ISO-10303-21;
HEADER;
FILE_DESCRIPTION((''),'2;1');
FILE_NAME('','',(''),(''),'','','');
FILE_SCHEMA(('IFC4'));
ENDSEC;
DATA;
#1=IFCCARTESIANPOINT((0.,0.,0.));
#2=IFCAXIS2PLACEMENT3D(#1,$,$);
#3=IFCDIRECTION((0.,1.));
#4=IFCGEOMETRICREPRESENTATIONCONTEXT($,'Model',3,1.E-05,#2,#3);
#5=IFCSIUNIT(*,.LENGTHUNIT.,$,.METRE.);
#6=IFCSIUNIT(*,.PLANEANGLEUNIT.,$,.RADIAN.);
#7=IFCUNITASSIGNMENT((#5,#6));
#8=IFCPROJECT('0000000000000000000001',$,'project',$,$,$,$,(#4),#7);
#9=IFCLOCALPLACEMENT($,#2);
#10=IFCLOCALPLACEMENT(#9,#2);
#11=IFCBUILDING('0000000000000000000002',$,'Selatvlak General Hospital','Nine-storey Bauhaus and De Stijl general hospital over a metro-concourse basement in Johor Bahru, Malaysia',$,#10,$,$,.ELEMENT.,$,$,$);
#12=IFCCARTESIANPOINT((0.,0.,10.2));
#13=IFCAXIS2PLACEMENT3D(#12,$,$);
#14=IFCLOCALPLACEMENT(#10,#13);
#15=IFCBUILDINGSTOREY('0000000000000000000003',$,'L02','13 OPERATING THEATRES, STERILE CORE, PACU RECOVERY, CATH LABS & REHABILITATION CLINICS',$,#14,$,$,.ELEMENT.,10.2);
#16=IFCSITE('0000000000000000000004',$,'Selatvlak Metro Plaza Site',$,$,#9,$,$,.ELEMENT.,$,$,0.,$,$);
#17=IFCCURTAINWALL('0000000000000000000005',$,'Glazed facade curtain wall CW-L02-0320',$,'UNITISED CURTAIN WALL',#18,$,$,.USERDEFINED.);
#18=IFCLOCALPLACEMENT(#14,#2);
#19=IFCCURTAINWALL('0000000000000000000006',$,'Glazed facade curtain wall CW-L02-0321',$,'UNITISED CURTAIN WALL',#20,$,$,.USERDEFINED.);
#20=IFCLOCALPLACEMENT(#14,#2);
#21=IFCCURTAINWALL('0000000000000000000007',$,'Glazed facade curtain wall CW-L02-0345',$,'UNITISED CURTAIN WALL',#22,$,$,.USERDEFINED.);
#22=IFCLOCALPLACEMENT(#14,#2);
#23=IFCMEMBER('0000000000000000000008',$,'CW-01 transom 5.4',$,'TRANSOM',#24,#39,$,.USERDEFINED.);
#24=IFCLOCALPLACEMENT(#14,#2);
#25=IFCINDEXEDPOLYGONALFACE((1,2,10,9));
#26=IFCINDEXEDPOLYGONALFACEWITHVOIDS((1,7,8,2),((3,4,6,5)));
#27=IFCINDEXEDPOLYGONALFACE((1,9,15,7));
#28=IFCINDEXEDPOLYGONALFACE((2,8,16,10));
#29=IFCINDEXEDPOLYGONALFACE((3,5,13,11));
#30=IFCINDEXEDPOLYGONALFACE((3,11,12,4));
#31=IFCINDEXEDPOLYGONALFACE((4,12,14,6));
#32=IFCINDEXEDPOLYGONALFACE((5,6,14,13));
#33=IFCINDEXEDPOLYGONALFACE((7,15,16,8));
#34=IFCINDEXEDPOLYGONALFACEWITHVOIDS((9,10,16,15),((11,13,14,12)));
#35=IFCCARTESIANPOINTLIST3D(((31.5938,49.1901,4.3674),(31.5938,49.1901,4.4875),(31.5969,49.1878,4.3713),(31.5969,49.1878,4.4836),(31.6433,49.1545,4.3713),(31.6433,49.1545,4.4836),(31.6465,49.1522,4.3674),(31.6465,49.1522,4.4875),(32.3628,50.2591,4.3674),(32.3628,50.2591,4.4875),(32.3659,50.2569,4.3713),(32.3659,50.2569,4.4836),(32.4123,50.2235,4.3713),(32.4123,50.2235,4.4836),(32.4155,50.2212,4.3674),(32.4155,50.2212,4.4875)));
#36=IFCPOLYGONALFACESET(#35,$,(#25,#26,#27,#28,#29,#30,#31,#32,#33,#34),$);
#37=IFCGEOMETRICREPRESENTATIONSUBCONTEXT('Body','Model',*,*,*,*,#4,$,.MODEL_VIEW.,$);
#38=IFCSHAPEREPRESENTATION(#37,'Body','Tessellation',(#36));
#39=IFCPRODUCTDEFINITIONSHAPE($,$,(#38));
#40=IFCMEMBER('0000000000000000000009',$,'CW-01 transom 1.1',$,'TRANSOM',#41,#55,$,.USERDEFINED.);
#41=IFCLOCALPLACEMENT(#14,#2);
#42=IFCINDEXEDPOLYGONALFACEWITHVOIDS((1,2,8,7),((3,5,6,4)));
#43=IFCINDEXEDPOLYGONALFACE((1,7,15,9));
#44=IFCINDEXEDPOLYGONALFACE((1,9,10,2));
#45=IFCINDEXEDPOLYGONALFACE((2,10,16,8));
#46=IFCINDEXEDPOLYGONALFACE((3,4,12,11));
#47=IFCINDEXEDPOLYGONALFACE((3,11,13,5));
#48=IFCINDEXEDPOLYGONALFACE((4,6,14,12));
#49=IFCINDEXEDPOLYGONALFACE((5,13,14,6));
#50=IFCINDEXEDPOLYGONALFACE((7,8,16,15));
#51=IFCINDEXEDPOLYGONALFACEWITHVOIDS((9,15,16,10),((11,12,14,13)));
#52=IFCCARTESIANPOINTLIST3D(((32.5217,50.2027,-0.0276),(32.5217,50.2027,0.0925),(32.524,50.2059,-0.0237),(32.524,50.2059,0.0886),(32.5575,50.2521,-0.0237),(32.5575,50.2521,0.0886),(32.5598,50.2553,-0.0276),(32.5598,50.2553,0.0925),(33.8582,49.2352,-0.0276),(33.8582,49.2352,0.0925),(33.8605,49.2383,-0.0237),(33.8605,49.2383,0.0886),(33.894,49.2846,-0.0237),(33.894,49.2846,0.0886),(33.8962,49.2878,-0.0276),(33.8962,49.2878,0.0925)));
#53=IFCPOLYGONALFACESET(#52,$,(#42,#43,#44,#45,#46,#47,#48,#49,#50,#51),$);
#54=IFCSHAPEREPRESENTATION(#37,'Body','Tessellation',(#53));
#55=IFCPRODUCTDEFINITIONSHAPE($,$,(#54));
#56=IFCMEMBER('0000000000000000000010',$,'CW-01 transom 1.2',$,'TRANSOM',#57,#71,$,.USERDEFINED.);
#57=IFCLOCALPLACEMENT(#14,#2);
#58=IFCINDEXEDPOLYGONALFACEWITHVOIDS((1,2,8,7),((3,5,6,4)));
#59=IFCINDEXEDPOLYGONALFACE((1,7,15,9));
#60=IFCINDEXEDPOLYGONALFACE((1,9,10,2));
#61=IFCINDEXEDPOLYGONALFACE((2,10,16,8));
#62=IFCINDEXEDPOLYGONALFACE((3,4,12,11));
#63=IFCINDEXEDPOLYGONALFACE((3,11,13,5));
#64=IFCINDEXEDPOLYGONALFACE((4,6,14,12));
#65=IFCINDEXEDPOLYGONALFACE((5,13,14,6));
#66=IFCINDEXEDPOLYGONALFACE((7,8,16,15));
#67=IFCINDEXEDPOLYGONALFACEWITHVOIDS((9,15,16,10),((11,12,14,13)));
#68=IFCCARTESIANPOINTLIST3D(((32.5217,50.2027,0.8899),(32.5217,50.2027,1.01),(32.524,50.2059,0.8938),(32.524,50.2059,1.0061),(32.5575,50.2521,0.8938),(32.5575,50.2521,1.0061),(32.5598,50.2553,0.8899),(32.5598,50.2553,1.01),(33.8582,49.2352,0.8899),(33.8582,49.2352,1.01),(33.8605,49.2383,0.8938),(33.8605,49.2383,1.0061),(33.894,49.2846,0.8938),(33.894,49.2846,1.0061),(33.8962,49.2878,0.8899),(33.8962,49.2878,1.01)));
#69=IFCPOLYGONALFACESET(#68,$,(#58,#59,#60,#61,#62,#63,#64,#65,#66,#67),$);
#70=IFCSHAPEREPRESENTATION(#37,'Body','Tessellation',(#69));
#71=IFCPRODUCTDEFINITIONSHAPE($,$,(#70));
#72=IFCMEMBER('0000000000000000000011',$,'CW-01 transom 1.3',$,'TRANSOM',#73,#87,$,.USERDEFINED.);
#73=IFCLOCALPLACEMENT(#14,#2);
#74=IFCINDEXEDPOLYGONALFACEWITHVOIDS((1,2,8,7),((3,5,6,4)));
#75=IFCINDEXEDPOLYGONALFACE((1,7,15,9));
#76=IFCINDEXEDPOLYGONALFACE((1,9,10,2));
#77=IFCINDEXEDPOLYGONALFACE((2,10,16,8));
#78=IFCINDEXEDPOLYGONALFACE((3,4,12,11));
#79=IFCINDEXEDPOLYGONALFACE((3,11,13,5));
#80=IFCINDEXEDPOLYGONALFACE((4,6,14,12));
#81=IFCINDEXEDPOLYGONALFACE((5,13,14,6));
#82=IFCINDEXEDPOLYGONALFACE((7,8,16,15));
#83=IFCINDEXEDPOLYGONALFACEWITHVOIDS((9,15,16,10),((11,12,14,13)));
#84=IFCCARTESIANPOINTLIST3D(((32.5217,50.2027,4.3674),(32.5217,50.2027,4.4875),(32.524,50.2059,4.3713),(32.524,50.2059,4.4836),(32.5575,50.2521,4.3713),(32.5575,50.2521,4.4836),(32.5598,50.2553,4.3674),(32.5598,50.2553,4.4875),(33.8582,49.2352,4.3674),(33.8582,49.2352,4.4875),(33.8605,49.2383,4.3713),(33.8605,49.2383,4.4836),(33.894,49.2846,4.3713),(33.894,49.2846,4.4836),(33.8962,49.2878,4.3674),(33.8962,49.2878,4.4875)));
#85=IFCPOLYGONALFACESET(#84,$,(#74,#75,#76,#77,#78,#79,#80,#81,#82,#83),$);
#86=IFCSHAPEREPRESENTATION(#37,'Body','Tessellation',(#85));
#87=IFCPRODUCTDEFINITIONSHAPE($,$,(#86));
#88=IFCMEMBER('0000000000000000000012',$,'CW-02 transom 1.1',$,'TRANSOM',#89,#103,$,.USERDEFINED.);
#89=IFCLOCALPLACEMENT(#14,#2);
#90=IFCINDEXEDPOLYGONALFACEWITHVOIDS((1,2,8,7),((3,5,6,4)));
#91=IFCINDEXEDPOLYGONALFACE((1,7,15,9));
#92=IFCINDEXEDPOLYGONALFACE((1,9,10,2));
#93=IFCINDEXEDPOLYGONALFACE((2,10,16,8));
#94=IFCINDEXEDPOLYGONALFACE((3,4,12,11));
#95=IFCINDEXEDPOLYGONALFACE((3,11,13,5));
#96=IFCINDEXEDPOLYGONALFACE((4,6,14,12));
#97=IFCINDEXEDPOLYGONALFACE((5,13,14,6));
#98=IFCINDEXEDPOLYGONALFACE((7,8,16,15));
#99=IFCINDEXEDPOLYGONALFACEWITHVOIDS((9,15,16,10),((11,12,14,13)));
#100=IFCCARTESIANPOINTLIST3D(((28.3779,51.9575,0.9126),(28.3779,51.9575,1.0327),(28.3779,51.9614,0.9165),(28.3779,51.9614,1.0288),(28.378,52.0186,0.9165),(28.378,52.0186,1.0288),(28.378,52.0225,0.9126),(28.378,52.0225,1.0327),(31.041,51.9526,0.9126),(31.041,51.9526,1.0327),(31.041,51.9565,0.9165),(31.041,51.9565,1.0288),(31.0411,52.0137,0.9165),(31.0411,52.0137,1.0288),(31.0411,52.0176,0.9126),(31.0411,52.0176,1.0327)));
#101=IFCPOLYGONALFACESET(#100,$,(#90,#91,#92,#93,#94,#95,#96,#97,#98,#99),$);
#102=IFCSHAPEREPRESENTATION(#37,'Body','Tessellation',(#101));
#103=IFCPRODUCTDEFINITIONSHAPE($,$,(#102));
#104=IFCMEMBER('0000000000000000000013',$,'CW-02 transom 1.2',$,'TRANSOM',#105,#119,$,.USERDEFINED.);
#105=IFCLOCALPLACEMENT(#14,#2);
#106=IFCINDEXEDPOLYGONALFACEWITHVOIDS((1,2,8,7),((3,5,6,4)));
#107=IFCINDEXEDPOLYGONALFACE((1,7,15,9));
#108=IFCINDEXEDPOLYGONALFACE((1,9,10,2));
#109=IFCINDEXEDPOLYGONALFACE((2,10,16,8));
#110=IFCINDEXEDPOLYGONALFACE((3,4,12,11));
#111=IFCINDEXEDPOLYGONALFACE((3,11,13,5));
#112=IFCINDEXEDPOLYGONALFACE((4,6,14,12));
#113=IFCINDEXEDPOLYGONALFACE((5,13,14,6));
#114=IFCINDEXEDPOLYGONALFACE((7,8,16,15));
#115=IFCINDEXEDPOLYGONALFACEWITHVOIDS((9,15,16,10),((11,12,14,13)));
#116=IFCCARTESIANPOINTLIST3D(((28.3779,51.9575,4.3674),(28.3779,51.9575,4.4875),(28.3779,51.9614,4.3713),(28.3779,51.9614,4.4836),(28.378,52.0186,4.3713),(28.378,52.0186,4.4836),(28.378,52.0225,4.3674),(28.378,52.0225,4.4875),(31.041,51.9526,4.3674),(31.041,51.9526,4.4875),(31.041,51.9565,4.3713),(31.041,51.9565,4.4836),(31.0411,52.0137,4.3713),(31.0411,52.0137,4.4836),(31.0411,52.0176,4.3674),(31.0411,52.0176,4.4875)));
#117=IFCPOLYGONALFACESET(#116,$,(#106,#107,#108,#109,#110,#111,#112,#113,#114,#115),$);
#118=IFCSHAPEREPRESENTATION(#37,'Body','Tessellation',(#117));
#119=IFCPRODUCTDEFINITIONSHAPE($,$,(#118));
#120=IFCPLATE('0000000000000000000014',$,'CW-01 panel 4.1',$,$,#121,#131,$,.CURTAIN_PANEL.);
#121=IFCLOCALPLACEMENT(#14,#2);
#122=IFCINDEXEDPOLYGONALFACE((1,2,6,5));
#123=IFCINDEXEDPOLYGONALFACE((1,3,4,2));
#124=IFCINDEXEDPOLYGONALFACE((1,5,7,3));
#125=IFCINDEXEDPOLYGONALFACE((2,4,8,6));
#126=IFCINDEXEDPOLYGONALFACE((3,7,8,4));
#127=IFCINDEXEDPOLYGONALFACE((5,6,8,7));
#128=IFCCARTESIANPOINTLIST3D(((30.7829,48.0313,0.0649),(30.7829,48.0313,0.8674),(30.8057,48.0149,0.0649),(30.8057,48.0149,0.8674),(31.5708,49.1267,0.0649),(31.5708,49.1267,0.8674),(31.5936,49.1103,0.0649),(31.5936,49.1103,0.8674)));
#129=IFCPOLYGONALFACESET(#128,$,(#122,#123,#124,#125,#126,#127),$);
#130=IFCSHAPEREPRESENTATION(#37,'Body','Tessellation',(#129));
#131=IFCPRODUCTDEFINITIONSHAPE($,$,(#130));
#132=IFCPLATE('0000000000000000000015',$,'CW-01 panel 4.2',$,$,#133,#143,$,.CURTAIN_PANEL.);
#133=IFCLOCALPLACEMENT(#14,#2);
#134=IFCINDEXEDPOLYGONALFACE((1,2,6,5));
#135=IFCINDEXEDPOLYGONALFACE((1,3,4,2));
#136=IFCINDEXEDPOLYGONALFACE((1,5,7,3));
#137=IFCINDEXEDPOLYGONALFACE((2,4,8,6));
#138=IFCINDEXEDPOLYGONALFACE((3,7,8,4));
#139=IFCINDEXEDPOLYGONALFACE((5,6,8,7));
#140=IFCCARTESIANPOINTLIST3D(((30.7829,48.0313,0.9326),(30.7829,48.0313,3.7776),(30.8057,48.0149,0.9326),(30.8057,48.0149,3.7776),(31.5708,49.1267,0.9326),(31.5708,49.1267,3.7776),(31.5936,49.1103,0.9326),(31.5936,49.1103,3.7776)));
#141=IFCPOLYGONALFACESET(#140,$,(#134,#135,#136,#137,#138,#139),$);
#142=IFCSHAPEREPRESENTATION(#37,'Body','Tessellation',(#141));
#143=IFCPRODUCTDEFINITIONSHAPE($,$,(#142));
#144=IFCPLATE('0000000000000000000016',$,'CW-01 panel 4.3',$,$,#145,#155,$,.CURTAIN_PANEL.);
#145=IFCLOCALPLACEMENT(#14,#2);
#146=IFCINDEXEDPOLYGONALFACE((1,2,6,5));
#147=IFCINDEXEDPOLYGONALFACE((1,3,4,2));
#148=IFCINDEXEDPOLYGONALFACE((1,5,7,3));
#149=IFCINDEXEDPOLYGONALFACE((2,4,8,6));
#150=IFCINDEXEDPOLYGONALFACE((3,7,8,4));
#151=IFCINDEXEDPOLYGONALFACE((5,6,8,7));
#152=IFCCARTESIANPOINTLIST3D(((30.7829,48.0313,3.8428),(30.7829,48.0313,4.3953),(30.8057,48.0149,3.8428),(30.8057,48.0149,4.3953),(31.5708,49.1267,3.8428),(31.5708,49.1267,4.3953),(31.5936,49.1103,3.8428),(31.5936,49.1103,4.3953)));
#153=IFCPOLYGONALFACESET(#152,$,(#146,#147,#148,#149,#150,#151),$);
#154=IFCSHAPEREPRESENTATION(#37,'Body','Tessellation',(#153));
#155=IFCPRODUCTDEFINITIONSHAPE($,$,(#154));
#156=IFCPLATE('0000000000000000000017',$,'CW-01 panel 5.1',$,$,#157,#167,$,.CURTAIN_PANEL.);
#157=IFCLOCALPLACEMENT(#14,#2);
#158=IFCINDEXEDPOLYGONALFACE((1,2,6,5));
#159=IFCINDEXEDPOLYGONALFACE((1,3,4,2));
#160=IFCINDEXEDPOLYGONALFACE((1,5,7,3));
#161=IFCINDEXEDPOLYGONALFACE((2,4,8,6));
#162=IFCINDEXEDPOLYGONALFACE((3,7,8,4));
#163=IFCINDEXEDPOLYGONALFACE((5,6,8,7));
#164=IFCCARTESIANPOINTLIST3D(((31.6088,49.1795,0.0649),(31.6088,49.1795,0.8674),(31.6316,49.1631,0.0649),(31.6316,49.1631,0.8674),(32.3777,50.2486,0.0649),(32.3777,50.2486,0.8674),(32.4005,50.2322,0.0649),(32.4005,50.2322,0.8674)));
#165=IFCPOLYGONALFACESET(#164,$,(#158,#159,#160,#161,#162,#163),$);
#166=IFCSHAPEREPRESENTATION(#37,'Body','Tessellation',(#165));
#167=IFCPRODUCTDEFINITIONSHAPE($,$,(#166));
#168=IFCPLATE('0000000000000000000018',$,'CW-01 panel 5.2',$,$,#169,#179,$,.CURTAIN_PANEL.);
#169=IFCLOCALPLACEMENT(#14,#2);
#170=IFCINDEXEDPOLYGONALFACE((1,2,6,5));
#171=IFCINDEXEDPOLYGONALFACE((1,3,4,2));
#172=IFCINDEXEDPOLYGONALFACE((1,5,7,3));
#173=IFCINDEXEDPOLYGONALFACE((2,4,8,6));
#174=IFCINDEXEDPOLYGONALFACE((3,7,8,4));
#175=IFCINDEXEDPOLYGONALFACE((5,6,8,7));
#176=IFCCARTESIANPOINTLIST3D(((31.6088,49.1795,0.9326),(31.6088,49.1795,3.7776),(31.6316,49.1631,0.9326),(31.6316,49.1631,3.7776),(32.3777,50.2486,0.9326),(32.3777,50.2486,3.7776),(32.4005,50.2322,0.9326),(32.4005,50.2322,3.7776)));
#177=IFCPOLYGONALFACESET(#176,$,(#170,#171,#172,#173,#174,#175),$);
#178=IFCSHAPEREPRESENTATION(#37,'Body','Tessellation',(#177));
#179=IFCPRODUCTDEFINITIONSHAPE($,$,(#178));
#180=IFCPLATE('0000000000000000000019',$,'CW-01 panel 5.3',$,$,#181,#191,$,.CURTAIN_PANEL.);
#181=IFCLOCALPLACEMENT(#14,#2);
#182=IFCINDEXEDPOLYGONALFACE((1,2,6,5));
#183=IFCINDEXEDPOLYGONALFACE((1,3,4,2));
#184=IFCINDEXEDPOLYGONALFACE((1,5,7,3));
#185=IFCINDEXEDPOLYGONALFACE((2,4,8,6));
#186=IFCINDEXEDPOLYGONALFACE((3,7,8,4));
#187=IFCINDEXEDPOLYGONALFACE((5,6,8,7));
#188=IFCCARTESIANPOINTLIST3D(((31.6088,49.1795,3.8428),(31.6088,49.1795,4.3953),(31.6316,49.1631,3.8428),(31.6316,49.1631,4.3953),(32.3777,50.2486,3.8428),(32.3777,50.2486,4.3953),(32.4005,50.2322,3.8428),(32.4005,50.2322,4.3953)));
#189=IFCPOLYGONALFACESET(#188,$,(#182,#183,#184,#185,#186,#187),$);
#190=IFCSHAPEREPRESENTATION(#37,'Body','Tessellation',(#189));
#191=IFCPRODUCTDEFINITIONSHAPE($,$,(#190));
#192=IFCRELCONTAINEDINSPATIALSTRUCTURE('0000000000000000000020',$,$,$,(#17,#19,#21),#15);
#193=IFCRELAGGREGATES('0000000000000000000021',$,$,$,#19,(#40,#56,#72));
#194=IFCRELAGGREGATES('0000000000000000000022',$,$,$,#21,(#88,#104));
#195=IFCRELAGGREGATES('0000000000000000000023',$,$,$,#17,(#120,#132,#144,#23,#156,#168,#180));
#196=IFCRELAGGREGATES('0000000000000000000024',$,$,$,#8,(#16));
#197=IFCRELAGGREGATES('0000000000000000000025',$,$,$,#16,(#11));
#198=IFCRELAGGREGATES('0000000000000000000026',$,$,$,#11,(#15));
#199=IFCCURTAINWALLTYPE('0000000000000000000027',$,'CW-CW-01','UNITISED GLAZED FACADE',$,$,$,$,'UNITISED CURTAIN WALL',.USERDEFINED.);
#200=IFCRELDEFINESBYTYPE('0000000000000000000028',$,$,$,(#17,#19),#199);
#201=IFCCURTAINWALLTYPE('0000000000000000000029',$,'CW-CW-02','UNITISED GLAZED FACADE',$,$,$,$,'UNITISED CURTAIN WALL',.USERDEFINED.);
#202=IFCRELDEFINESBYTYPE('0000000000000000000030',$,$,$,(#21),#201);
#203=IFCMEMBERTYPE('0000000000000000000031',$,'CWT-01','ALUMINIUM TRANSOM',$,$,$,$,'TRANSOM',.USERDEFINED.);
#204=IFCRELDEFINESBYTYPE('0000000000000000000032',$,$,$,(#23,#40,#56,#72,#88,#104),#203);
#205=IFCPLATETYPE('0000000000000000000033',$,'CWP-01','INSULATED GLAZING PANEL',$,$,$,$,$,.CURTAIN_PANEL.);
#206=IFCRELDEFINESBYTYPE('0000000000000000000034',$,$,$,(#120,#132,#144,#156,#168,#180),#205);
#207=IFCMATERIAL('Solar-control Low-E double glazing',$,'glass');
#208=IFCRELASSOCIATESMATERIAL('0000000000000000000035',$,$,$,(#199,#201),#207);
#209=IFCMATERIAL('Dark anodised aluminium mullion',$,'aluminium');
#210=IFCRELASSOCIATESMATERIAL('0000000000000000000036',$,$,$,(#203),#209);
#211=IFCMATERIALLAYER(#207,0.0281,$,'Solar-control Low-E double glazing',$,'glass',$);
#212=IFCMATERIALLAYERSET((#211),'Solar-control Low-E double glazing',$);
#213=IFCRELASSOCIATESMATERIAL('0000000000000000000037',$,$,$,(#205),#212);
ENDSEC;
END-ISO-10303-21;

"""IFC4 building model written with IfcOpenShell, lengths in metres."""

from ifc_helpers import new_model, si_unit, direction, frame, origin, origin_2d, place, context, subcontext, project, spatial, rectangle, hollow_rectangle, extrude, material, layer, layer_set, material_profile, profile_set, type_object, element, aggregate, save


model = new_model("IFC4")

# Units and contexts
model_context = context("Model", 3, precision=1e-05, world=origin(), true_north=direction((0.0, 1.0)))
body_context = subcontext(model_context, "Body", "Model", "MODEL_VIEW")
ifc_project = project(units=[si_unit("LENGTHUNIT", "METRE"), si_unit("PLANEANGLEUNIT", "RADIAN")], contexts=[model_context])

# Site, building, storey
site_placement = place(None, origin())
site = spatial("IfcSite", under=ifc_project, at=site_placement, Name="Selatvlak Metro Plaza Site", CompositionType="ELEMENT", RefElevation=0.0)
building_placement = place(site_placement, origin())
building = spatial("IfcBuilding", under=site, at=building_placement, Name="Selatvlak General Hospital", Description="Nine-storey Bauhaus and De Stijl general hospital over a metro-concourse basement in Johor Bahru, Malaysia", CompositionType="ELEMENT")
storey_placement = place(building_placement, frame((0.0, 0.0, 10.2)))
storey = spatial("IfcBuildingStorey", under=building, at=storey_placement, Name="L02", Description="13 OPERATING THEATRES, STERILE CORE, PACU RECOVERY, CATH LABS & REHABILITATION CLINICS", CompositionType="ELEMENT", Elevation=10.2)

# Curtain wall
ifc_material_1 = material(Name="Solar-control Low-E double glazing", Category="glass")
curtain_wall_type_1 = type_object("IfcCurtainWallType", Name="CW-CW-01", Description="UNITISED GLAZED FACADE", ElementType="UNITISED CURTAIN WALL", PredefinedType="USERDEFINED", material=ifc_material_1)
curtain_wall_1_placement = place(storey_placement, origin())
curtain_wall_1 = element("IfcCurtainWall", 1, at=curtain_wall_1_placement, inside=storey, type_object=curtain_wall_type_1, Name="Glazed facade curtain wall CW-L02-0320", ObjectType="UNITISED CURTAIN WALL", PredefinedType="USERDEFINED")
ifc_material_2 = material(Name="Dark anodised aluminium mullion", Category="aluminium")

# Curtain walls
curtain_wall_2_placement = place(storey_placement, origin())
curtain_wall_2 = element("IfcCurtainWall", 2, at=curtain_wall_2_placement, inside=storey, type_object=curtain_wall_type_1, Name="Glazed facade curtain wall CW-L02-0321", ObjectType="UNITISED CURTAIN WALL", PredefinedType="USERDEFINED")
curtain_wall_type_2 = type_object("IfcCurtainWallType", Name="CW-CW-02", Description="UNITISED GLAZED FACADE", ElementType="UNITISED CURTAIN WALL", PredefinedType="USERDEFINED", material=ifc_material_1)
curtain_wall_3_placement = place(storey_placement, origin())
curtain_wall_3 = element("IfcCurtainWall", 3, at=curtain_wall_3_placement, inside=storey, type_object=curtain_wall_type_2, Name="Glazed facade curtain wall CW-L02-0345", ObjectType="UNITISED CURTAIN WALL", PredefinedType="USERDEFINED")

# Members
ifc_material_profile_1 = material_profile(ifc_material_2, hollow_rectangle(XDim=0.0649, YDim=0.1201, WallThickness=0.0039, at=origin_2d()), Name="AL-TRN 65x120x4")
ifc_profile_set_1 = profile_set([ifc_material_profile_1], Name="Dark anodised aluminium mullion")
member_type_1 = type_object("IfcMemberType", Name="CWT-01", Description="ALUMINIUM TRANSOM", ElementType="TRANSOM", PredefinedType="USERDEFINED", material=ifc_profile_set_1)
member_1_placement = place(storey_placement, frame((31.6201, 49.1711, 4.4275), z_axis=(0.583953, 0.811787, 0.0), x_axis=(-0.811787, 0.583953, 0.0)))
member_1 = element("IfcMember", 4, at=member_1_placement, type_object=member_type_1, Name="CW-01 transom 5.4", ObjectType="TRANSOM", PredefinedType="USERDEFINED", context=body_context, shape_type="SweptSolid", body=[
    extrude(hollow_rectangle(XDim=0.0649, YDim=0.1201, WallThickness=0.0039, at=origin_2d()), origin(), (0.0, 0.0, 1.0), 1.3169),
])
member_2_placement = place(storey_placement, frame((32.5408, 50.229, 0.0325), z_axis=(0.810008, -0.586419, 0.0), x_axis=(0.586419, 0.810008, 0.0)))
member_2 = element("IfcMember", 5, at=member_2_placement, type_object=member_type_1, Name="CW-01 transom 1.1", ObjectType="TRANSOM", PredefinedType="USERDEFINED", context=body_context, shape_type="SweptSolid", body=[
    extrude(hollow_rectangle(XDim=0.0649, YDim=0.1201, WallThickness=0.0039, at=origin_2d()), origin(), (0.0, 0.0, 1.0), 1.6499),
])
member_3_placement = place(storey_placement, frame((32.5408, 50.229, 0.95), z_axis=(0.810008, -0.586419, 0.0), x_axis=(0.586419, 0.810008, 0.0)))
member_3 = element("IfcMember", 6, at=member_3_placement, type_object=member_type_1, Name="CW-01 transom 1.2", ObjectType="TRANSOM", PredefinedType="USERDEFINED", context=body_context, shape_type="SweptSolid", body=[
    extrude(hollow_rectangle(XDim=0.0649, YDim=0.1201, WallThickness=0.0039, at=origin_2d()), origin(), (0.0, 0.0, 1.0), 1.6499),
])
member_4_placement = place(storey_placement, frame((32.5408, 50.229, 4.4275), z_axis=(0.810008, -0.586419, 0.0), x_axis=(0.586419, 0.810008, 0.0)))
member_4 = element("IfcMember", 7, at=member_4_placement, type_object=member_type_1, Name="CW-01 transom 1.3", ObjectType="TRANSOM", PredefinedType="USERDEFINED", context=body_context, shape_type="SweptSolid", body=[
    extrude(hollow_rectangle(XDim=0.0649, YDim=0.1201, WallThickness=0.0039, at=origin_2d()), origin(), (0.0, 0.0, 1.0), 1.6499),
])
aggregate(curtain_wall_2, [member_2, member_3, member_4])
member_5_placement = place(storey_placement, frame((31.041, 51.9851, 0.9727), z_axis=(-0.999998, 0.001834, 0.0), x_axis=(-0.001834, -0.999998, 0.0)))
member_5 = element("IfcMember", 8, at=member_5_placement, type_object=member_type_1, Name="CW-02 transom 1.1", ObjectType="TRANSOM", PredefinedType="USERDEFINED", context=body_context, shape_type="SweptSolid", body=[
    extrude(hollow_rectangle(XDim=0.0649, YDim=0.1201, WallThickness=0.0039, at=origin_2d()), origin(), (0.0, 0.0, 1.0), 2.6631),
])
member_6_placement = place(storey_placement, frame((31.041, 51.9851, 4.4275), z_axis=(-0.999998, 0.001834, 0.0), x_axis=(-0.001834, -0.999998, 0.0)))
member_6 = element("IfcMember", 9, at=member_6_placement, type_object=member_type_1, Name="CW-02 transom 1.2", ObjectType="TRANSOM", PredefinedType="USERDEFINED", context=body_context, shape_type="SweptSolid", body=[
    extrude(hollow_rectangle(XDim=0.0649, YDim=0.1201, WallThickness=0.0039, at=origin_2d()), origin(), (0.0, 0.0, 1.0), 2.6631),
])
aggregate(curtain_wall_3, [member_5, member_6])

# Plates
ifc_layer_1 = layer(ifc_material_1, 0.0281, Name="Solar-control Low-E double glazing", Category="glass")
ifc_layer_set_1 = layer_set([ifc_layer_1], Name="Solar-control Low-E double glazing")
plate_type = type_object("IfcPlateType", Name="CWP-01", Description="INSULATED GLAZING PANEL", PredefinedType="CURTAIN_PANEL", material=ifc_layer_set_1)
plate_1_placement = place(storey_placement, frame((31.1882, 48.5708, 0.0649), z_axis=(0.0, 0.0, 1.0), x_axis=(0.583884, 0.811837, 0.0)))
plate_1 = element("IfcPlate", 10, at=plate_1_placement, type_object=plate_type, Name="CW-01 panel 4.1", PredefinedType="CURTAIN_PANEL", context=body_context, shape_type="SweptSolid", body=[
    extrude(rectangle(XDim=1.3494, YDim=0.0281, at=origin_2d()), origin(), (0.0, 0.0, 1.0), 0.8025),
])
plate_2_placement = place(storey_placement, frame((31.1882, 48.5708, 0.9326), z_axis=(0.0, 0.0, 1.0), x_axis=(0.583884, 0.811837, 0.0)))
plate_2 = element("IfcPlate", 11, at=plate_2_placement, type_object=plate_type, Name="CW-01 panel 4.2", PredefinedType="CURTAIN_PANEL", context=body_context, shape_type="SweptSolid", body=[
    extrude(rectangle(XDim=1.3494, YDim=0.0281, at=origin_2d()), origin(), (0.0, 0.0, 1.0), 2.845),
])
plate_3_placement = place(storey_placement, frame((31.1882, 48.5708, 3.8428), z_axis=(0.0, 0.0, 1.0), x_axis=(0.583884, 0.811837, 0.0)))
plate_3 = element("IfcPlate", 12, at=plate_3_placement, type_object=plate_type, Name="CW-01 panel 4.3", PredefinedType="CURTAIN_PANEL", context=body_context, shape_type="SweptSolid", body=[
    extrude(rectangle(XDim=1.3494, YDim=0.0281, at=origin_2d()), origin(), (0.0, 0.0, 1.0), 0.5525),
])
plate_4_placement = place(storey_placement, frame((32.0046, 49.7058, 0.0649), z_axis=(0.0, 0.0, 1.0), x_axis=(0.583884, 0.811837, 0.0)))
plate_4 = element("IfcPlate", 13, at=plate_4_placement, type_object=plate_type, Name="CW-01 panel 5.1", PredefinedType="CURTAIN_PANEL", context=body_context, shape_type="SweptSolid", body=[
    extrude(rectangle(XDim=1.3169, YDim=0.0281, at=origin_2d()), origin(), (0.0, 0.0, 1.0), 0.8025),
])
plate_5_placement = place(storey_placement, frame((32.0046, 49.7058, 0.9326), z_axis=(0.0, 0.0, 1.0), x_axis=(0.583884, 0.811837, 0.0)))
plate_5 = element("IfcPlate", 14, at=plate_5_placement, type_object=plate_type, Name="CW-01 panel 5.2", PredefinedType="CURTAIN_PANEL", context=body_context, shape_type="SweptSolid", body=[
    extrude(rectangle(XDim=1.3169, YDim=0.0281, at=origin_2d()), origin(), (0.0, 0.0, 1.0), 2.845),
])
plate_6_placement = place(storey_placement, frame((32.0046, 49.7058, 3.8428), z_axis=(0.0, 0.0, 1.0), x_axis=(0.583884, 0.811837, 0.0)))
plate_6 = element("IfcPlate", 15, at=plate_6_placement, type_object=plate_type, Name="CW-01 panel 5.3", PredefinedType="CURTAIN_PANEL", context=body_context, shape_type="SweptSolid", body=[
    extrude(rectangle(XDim=1.3169, YDim=0.0281, at=origin_2d()), origin(), (0.0, 0.0, 1.0), 0.5525),
])
aggregate(curtain_wall_1, [plate_1, plate_2, plate_3, member_1, plate_4, plate_5, plate_6])

save(model, "model.ifc")
